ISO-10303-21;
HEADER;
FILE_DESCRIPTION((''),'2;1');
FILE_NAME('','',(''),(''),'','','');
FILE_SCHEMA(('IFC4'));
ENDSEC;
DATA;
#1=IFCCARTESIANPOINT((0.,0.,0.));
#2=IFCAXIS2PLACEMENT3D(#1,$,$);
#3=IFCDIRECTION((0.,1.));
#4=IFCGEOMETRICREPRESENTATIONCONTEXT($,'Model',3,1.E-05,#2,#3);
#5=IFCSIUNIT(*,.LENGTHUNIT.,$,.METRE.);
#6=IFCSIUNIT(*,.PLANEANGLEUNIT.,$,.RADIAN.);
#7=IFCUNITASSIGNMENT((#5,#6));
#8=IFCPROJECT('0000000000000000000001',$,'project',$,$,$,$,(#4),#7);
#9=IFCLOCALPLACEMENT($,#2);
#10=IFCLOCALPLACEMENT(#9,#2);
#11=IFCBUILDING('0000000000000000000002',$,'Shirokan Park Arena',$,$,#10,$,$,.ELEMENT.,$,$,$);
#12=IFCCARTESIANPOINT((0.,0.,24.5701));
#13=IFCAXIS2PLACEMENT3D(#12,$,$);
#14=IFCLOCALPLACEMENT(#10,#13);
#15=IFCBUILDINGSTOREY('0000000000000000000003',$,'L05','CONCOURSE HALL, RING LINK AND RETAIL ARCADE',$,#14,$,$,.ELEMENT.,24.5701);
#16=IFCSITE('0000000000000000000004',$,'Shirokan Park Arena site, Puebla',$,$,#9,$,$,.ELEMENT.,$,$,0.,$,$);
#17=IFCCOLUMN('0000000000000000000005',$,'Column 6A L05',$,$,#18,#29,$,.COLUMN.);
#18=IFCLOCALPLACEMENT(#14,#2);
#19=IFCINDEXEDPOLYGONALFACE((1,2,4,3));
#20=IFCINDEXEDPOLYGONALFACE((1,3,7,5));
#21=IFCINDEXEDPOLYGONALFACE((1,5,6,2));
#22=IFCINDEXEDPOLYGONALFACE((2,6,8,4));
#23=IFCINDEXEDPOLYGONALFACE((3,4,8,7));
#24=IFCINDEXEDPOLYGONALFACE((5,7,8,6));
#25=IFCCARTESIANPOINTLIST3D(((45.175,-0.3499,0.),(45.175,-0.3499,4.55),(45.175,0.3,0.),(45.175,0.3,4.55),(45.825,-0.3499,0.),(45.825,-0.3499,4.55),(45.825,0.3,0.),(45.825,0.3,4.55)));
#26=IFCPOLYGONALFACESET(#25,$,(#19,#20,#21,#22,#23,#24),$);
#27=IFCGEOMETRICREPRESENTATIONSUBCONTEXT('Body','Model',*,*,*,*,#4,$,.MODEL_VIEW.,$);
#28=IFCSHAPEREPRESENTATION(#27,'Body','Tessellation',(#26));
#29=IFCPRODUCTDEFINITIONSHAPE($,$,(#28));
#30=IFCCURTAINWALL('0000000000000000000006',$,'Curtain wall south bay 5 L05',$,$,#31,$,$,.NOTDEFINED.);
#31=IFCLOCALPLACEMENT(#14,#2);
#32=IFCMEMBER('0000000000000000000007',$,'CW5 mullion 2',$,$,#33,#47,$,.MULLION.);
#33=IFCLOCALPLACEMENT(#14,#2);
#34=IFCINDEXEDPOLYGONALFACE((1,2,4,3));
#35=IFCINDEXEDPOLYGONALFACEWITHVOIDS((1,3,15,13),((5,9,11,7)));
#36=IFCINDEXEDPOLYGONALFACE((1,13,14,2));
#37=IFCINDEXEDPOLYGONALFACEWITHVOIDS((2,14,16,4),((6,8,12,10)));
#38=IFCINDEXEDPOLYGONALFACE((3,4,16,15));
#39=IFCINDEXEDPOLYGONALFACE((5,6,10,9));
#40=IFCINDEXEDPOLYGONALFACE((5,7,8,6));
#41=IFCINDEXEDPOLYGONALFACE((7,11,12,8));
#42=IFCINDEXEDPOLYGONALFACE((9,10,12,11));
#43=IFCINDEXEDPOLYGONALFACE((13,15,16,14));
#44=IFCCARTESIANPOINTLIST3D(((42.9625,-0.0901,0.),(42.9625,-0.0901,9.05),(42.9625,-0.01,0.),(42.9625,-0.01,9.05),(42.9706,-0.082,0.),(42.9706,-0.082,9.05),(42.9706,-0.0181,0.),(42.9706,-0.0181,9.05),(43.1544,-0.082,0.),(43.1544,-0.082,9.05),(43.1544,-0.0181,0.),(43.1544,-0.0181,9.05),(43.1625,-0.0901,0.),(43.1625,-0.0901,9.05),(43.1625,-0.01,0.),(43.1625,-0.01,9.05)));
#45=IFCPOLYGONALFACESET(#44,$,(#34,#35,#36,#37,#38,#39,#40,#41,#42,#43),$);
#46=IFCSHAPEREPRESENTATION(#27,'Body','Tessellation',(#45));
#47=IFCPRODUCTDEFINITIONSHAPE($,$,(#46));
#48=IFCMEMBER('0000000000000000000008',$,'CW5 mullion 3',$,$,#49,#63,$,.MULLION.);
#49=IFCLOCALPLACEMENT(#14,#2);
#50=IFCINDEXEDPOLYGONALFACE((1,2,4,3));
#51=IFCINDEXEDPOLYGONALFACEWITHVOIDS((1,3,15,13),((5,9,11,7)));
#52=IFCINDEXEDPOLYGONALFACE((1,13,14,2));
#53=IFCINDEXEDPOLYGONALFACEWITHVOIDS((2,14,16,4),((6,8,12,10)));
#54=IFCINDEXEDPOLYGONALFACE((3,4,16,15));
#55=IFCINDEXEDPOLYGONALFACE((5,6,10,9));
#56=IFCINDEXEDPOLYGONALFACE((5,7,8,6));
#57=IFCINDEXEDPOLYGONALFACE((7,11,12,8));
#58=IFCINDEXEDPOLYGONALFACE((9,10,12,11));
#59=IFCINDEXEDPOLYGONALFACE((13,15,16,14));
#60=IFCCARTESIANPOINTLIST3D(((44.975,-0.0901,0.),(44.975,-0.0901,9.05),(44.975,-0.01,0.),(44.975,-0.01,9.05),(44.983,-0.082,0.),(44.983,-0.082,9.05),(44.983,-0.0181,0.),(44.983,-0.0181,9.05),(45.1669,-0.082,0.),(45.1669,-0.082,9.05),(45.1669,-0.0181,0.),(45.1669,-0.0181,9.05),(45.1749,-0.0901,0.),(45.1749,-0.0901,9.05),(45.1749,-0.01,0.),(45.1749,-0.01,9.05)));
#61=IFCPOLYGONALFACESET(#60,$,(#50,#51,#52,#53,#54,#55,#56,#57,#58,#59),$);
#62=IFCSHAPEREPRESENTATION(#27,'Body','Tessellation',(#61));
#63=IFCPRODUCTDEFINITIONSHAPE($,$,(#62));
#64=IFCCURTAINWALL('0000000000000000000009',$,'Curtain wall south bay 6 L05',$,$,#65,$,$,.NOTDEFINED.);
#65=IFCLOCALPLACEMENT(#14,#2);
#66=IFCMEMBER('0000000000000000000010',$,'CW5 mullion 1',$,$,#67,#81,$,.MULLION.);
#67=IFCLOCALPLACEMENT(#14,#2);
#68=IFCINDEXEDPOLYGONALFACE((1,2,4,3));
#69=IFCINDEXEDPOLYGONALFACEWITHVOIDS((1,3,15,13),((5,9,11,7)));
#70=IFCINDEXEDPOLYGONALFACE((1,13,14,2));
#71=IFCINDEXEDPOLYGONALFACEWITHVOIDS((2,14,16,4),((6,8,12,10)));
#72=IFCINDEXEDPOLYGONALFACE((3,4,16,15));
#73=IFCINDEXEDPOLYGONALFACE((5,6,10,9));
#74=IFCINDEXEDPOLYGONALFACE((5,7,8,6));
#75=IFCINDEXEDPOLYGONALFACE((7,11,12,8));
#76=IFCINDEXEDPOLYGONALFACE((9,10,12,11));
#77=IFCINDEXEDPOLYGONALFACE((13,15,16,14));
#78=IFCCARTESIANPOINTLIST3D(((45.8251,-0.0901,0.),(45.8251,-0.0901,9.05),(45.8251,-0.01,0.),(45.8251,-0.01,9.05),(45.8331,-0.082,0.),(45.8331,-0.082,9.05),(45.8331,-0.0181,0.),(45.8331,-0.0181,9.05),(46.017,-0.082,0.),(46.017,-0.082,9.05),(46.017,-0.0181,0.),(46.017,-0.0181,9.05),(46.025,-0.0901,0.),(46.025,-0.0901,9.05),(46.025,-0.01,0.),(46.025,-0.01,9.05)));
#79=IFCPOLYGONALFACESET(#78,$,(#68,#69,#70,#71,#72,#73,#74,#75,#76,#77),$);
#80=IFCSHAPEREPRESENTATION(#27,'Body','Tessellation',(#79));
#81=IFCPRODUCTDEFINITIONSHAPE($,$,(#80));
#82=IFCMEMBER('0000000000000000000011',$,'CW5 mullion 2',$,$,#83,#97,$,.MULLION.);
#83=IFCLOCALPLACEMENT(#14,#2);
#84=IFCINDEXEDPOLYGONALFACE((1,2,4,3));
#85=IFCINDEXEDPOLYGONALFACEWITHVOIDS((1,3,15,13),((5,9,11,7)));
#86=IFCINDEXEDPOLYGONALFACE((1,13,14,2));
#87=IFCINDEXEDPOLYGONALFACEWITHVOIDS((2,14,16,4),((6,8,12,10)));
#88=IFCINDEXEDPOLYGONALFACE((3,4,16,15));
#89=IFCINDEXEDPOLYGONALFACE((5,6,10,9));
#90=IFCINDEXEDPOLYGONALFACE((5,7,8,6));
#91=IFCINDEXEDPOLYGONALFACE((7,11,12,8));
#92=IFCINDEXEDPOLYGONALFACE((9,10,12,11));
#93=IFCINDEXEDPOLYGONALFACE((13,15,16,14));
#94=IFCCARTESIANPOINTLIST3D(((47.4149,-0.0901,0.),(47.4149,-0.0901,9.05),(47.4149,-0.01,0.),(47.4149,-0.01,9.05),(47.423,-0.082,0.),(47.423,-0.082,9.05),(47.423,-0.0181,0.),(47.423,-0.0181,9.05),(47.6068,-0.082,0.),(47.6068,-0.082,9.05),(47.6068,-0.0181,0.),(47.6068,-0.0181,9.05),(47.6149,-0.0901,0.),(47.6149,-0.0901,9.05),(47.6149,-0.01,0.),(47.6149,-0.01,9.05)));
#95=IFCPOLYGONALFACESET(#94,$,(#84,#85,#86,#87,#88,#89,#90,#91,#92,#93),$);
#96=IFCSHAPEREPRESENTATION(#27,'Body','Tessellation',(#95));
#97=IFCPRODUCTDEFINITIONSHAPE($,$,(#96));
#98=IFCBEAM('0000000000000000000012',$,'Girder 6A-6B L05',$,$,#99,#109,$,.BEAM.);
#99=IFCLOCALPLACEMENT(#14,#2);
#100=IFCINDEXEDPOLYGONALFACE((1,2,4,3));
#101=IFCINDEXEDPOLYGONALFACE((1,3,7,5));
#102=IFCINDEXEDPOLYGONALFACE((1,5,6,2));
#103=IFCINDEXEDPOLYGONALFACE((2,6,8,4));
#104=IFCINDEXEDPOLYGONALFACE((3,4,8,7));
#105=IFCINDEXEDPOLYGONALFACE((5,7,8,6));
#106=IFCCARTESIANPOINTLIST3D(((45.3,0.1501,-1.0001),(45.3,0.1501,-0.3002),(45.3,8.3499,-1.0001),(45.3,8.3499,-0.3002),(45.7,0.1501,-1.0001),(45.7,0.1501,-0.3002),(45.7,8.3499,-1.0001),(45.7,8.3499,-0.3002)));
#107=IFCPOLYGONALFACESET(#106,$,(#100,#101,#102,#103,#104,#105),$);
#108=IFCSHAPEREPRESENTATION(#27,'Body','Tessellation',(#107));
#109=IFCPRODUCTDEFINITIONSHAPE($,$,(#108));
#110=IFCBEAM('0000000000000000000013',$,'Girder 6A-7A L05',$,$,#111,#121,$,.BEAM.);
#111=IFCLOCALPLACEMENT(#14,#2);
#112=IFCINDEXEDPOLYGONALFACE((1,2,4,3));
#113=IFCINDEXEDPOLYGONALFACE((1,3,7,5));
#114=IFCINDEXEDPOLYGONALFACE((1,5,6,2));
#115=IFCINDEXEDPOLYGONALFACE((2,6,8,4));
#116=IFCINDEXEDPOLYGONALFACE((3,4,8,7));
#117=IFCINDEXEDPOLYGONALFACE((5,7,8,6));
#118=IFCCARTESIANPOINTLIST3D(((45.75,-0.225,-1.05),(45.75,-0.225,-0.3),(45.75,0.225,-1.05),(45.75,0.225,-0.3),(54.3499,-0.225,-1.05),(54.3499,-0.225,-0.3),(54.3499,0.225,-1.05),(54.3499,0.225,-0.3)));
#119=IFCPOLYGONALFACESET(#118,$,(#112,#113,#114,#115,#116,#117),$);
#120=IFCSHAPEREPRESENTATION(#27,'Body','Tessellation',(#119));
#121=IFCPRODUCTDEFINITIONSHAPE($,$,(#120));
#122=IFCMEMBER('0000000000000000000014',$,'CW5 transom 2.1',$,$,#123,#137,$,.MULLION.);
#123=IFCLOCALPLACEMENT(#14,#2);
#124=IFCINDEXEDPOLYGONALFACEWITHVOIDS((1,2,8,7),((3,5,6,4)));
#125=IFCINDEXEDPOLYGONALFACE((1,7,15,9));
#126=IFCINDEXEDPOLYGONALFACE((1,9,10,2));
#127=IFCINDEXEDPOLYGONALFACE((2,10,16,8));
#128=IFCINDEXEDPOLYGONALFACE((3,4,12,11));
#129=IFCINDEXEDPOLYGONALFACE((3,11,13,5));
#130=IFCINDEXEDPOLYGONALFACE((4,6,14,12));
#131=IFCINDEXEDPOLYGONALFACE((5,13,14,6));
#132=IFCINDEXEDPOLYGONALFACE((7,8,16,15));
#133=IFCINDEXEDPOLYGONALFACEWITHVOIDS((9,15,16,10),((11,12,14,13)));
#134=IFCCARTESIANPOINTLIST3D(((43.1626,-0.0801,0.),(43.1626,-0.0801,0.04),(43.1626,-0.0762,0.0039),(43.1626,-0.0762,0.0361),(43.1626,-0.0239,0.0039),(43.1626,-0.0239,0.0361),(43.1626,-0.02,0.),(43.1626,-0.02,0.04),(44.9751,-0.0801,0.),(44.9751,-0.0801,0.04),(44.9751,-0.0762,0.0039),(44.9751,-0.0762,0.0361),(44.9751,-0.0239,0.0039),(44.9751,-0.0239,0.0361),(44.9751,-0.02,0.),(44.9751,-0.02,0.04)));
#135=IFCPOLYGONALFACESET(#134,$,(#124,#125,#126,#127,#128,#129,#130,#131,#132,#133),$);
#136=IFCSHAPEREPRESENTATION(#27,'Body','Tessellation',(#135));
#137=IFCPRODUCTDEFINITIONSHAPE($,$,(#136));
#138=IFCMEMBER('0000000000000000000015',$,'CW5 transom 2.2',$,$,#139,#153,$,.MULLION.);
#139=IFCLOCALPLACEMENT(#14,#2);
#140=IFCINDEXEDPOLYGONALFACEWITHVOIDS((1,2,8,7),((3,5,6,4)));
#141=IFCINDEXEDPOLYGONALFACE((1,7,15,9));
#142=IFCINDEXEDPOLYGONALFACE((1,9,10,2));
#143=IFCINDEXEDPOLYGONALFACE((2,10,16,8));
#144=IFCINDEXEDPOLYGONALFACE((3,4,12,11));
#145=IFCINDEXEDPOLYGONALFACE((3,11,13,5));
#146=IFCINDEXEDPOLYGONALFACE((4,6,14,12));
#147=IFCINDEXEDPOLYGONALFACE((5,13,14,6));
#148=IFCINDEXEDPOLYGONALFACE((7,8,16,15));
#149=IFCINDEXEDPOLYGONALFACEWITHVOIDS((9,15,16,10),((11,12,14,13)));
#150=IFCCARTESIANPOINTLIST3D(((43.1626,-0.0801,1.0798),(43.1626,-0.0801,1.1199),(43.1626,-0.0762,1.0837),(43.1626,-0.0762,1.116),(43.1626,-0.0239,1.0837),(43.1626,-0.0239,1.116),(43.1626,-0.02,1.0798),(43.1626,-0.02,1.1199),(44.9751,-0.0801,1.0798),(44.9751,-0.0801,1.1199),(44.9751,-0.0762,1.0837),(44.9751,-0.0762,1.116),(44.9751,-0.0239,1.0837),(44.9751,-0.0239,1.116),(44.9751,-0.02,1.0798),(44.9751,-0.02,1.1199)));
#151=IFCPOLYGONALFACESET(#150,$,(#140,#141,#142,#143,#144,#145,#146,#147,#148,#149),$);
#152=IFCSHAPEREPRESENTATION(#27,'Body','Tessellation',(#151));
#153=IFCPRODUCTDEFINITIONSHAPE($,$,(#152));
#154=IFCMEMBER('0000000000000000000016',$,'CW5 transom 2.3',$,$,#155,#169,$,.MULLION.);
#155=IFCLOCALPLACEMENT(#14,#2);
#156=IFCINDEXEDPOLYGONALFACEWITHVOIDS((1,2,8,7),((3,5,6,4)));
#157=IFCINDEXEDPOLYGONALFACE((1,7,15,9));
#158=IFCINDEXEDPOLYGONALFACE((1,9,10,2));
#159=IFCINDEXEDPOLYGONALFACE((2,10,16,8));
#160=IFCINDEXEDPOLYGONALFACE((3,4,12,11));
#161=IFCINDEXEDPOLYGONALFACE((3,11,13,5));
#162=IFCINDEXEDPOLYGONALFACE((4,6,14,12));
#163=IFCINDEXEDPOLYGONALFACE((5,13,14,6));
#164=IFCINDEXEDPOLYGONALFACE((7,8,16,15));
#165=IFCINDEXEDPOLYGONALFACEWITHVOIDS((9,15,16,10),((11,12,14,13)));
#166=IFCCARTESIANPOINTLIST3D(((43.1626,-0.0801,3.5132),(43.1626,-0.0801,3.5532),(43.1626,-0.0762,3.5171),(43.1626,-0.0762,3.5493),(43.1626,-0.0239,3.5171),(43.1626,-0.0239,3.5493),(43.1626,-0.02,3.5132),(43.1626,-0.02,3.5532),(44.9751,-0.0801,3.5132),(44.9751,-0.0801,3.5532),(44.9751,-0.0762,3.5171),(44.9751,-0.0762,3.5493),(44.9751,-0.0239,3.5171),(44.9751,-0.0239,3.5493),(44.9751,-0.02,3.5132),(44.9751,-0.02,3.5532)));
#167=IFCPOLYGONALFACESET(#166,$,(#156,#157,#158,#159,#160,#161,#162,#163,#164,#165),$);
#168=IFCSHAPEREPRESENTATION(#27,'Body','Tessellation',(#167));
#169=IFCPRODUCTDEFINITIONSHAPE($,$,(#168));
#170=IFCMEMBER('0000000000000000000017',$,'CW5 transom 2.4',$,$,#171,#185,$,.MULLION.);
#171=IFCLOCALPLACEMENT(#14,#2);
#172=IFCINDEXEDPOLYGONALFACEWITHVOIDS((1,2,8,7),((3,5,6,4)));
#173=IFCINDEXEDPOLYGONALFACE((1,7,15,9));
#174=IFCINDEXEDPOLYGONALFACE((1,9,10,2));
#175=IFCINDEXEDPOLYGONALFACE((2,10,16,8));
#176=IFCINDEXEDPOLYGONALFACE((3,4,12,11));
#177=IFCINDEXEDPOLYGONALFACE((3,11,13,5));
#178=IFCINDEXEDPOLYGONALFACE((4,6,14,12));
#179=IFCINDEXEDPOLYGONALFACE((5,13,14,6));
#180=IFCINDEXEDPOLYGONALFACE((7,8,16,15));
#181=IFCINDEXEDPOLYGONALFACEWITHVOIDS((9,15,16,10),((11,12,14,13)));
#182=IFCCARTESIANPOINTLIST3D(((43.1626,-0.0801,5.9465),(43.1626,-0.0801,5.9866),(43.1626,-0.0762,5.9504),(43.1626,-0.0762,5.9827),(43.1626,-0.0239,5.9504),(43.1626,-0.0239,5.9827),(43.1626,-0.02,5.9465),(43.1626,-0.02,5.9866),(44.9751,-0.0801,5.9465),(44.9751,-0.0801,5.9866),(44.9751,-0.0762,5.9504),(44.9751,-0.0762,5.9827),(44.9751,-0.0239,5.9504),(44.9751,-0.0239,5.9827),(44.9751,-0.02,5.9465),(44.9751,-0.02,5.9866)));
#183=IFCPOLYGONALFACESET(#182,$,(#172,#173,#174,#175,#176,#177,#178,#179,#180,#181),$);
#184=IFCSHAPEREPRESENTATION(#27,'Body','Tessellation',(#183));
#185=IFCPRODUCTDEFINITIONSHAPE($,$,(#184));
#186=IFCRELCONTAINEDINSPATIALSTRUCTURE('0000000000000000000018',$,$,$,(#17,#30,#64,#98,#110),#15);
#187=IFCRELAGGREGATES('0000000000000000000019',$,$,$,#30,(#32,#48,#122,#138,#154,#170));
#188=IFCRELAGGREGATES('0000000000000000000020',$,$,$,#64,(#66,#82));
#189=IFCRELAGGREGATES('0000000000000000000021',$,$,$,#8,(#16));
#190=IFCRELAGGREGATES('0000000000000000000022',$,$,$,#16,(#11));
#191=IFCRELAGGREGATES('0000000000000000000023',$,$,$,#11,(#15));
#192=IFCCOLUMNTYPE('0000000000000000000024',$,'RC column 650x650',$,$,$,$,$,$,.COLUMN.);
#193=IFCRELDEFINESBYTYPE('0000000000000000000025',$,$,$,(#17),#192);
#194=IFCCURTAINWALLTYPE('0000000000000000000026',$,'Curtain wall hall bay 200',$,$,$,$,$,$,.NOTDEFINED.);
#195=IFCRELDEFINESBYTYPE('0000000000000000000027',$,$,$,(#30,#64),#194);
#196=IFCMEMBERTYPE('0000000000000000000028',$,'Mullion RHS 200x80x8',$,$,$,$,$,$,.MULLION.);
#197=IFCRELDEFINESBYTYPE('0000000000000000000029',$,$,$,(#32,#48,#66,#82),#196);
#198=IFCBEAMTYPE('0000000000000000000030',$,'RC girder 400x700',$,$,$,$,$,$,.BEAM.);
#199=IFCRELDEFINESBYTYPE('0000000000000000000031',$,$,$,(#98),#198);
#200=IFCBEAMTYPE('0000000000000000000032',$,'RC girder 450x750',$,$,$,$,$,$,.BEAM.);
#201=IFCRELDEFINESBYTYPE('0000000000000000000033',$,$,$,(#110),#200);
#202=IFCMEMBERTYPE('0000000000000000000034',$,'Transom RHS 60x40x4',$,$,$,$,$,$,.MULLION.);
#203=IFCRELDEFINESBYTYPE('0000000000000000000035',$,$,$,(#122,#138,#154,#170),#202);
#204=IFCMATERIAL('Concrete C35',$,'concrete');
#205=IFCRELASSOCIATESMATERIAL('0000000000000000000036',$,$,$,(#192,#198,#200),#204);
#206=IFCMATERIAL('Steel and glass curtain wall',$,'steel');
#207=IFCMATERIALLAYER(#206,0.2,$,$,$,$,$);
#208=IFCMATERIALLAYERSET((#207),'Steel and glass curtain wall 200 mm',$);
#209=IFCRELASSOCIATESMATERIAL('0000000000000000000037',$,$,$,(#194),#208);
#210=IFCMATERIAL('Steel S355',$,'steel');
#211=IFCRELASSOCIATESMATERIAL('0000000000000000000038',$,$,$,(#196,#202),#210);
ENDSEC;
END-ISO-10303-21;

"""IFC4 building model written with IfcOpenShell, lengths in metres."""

from ifc_helpers import new_model, si_unit, direction, frame, origin, origin_2d, place, context, subcontext, project, spatial, rectangle, hollow_rectangle, extrude, material, layer, layer_set, material_profile, profile_set, type_object, element, aggregate, save


model = new_model("IFC4")

# Units and contexts
model_context = context("Model", 3, precision=1e-05, world=origin(), true_north=direction((0.0, 1.0)))
body_context = subcontext(model_context, "Body", "Model", "MODEL_VIEW")
ifc_project = project(units=[si_unit("LENGTHUNIT", "METRE"), si_unit("PLANEANGLEUNIT", "RADIAN")], contexts=[model_context])

# Site, building, storey
site_placement = place(None, origin())
site = spatial("IfcSite", under=ifc_project, at=site_placement, Name="Shirokan Park Arena site, Puebla", CompositionType="ELEMENT", RefElevation=0.0)
building_placement = place(site_placement, origin())
building = spatial("IfcBuilding", under=site, at=building_placement, Name="Shirokan Park Arena", CompositionType="ELEMENT")
storey_placement = place(building_placement, frame((0.0, 0.0, 24.5701)))
storey = spatial("IfcBuildingStorey", under=building, at=storey_placement, Name="L05", Description="CONCOURSE HALL, RING LINK AND RETAIL ARCADE", CompositionType="ELEMENT", Elevation=24.5701)

# Column
ifc_material_1 = material(Name="Concrete C35", Category="concrete")
ifc_material_profile_1 = material_profile(ifc_material_1, rectangle(XDim=0.6499, YDim=0.6499, at=origin_2d()), Name="650x650")
ifc_profile_set_1 = profile_set([ifc_material_profile_1], Name="Concrete C35")
column_type = type_object("IfcColumnType", Name="RC column 650x650", PredefinedType="COLUMN", material=ifc_profile_set_1)
column_placement = place(storey_placement, frame((45.5, -0.0249, 0.0), z_axis=(0.0, 0.0, 1.0), x_axis=(1.0, 0.0, 0.0)))
element("IfcColumn", 1, at=column_placement, inside=storey, type_object=column_type, Name="Column 6A L05", PredefinedType="COLUMN", context=body_context, shape_type="SweptSolid", body=[
    extrude(rectangle(XDim=0.6499, YDim=0.6499, at=origin_2d()), origin(), (0.0, 0.0, 1.0), 4.55),
])

# Curtain walls, members
ifc_material_2 = material(Name="Steel and glass curtain wall", Category="steel")
ifc_layer_1 = layer(ifc_material_2, 0.2)
ifc_layer_set_1 = layer_set([ifc_layer_1], Name="Steel and glass curtain wall 200 mm")
curtain_wall_type = type_object("IfcCurtainWallType", Name="Curtain wall hall bay 200", PredefinedType="NOTDEFINED", material=ifc_layer_set_1)
curtain_wall_1_placement = place(storey_placement, origin())
curtain_wall_1 = element("IfcCurtainWall", 2, at=curtain_wall_1_placement, inside=storey, type_object=curtain_wall_type, Name="Curtain wall south bay 5 L05", PredefinedType="NOTDEFINED")
ifc_material_3 = material(Name="Steel S355", Category="steel")
ifc_material_profile_2 = material_profile(ifc_material_3, hollow_rectangle(XDim=0.0801, YDim=0.2, WallThickness=0.0081, at=origin_2d()), Name="RHS 200x80x8")
ifc_profile_set_2 = profile_set([ifc_material_profile_2], Name="Steel S355")
member_type_1 = type_object("IfcMemberType", Name="Mullion RHS 200x80x8", PredefinedType="MULLION", material=ifc_profile_set_2)
member_1_placement = place(storey_placement, frame((43.0625, -0.05, 0.0), z_axis=(0.0, 0.0, 1.0), x_axis=(0.0, 1.0, 0.0)))
member_1 = element("IfcMember", 3, at=member_1_placement, type_object=member_type_1, Name="CW5 mullion 2", PredefinedType="MULLION", context=body_context, shape_type="SweptSolid", body=[
    extrude(hollow_rectangle(XDim=0.0801, YDim=0.2, WallThickness=0.0081, at=origin_2d()), origin(), (0.0, 0.0, 1.0), 9.05),
])
member_2_placement = place(storey_placement, frame((45.075, -0.05, 0.0), z_axis=(0.0, 0.0, 1.0), x_axis=(0.0, 1.0, 0.0)))
member_2 = element("IfcMember", 4, at=member_2_placement, type_object=member_type_1, Name="CW5 mullion 3", PredefinedType="MULLION", context=body_context, shape_type="SweptSolid", body=[
    extrude(hollow_rectangle(XDim=0.0801, YDim=0.2, WallThickness=0.0081, at=origin_2d()), origin(), (0.0, 0.0, 1.0), 9.05),
])
curtain_wall_2_placement = place(storey_placement, origin())
curtain_wall_2 = element("IfcCurtainWall", 5, at=curtain_wall_2_placement, inside=storey, type_object=curtain_wall_type, Name="Curtain wall south bay 6 L05", PredefinedType="NOTDEFINED")
member_3_placement = place(storey_placement, frame((45.925, -0.05, 0.0), z_axis=(0.0, 0.0, 1.0), x_axis=(0.0, 1.0, 0.0)))
member_3 = element("IfcMember", 6, at=member_3_placement, type_object=member_type_1, Name="CW5 mullion 1", PredefinedType="MULLION", context=body_context, shape_type="SweptSolid", body=[
    extrude(hollow_rectangle(XDim=0.0801, YDim=0.2, WallThickness=0.0081, at=origin_2d()), origin(), (0.0, 0.0, 1.0), 9.05),
])
member_4_placement = place(storey_placement, frame((47.5149, -0.05, 0.0), z_axis=(0.0, 0.0, 1.0), x_axis=(0.0, 1.0, 0.0)))
member_4 = element("IfcMember", 7, at=member_4_placement, type_object=member_type_1, Name="CW5 mullion 2", PredefinedType="MULLION", context=body_context, shape_type="SweptSolid", body=[
    extrude(hollow_rectangle(XDim=0.0801, YDim=0.2, WallThickness=0.0081, at=origin_2d()), origin(), (0.0, 0.0, 1.0), 9.05),
])

# Beams
ifc_material_profile_3 = material_profile(ifc_material_1, rectangle(XDim=0.3999, YDim=0.7, at=origin_2d()), Name="400x700")
ifc_profile_set_3 = profile_set([ifc_material_profile_3], Name="Concrete C35")
beam_type_1 = type_object("IfcBeamType", Name="RC girder 400x700", PredefinedType="BEAM", material=ifc_profile_set_3)
beam_1_placement = place(storey_placement, frame((45.5, 0.1501, -0.6501), z_axis=(0.0, 1.0, 0.0), x_axis=(-1.0, 0.0, 0.0)))
element("IfcBeam", 8, at=beam_1_placement, inside=storey, type_object=beam_type_1, Name="Girder 6A-6B L05", PredefinedType="BEAM", context=body_context, shape_type="SweptSolid", body=[
    extrude(rectangle(XDim=0.3999, YDim=0.7, at=origin_2d()), origin(), (0.0, 0.0, 1.0), 8.1997),
])
ifc_material_profile_4 = material_profile(ifc_material_1, rectangle(XDim=0.45, YDim=0.75, at=origin_2d()), Name="450x750")
ifc_profile_set_4 = profile_set([ifc_material_profile_4], Name="Concrete C35")
beam_type_2 = type_object("IfcBeamType", Name="RC girder 450x750", PredefinedType="BEAM", material=ifc_profile_set_4)
beam_2_placement = place(storey_placement, frame((45.75, 0.0, -0.675), z_axis=(1.0, 0.0, 0.0), x_axis=(0.0, 1.0, 0.0)))
element("IfcBeam", 9, at=beam_2_placement, inside=storey, type_object=beam_type_2, Name="Girder 6A-7A L05", PredefinedType="BEAM", context=body_context, shape_type="SweptSolid", body=[
    extrude(rectangle(XDim=0.45, YDim=0.75, at=origin_2d()), origin(), (0.0, 0.0, 1.0), 8.5999),
])

# Members
ifc_material_profile_5 = material_profile(ifc_material_3, hollow_rectangle(XDim=0.0601, YDim=0.04, WallThickness=0.0039, at=origin_2d()), Name="RHS 60x40x4")
ifc_profile_set_5 = profile_set([ifc_material_profile_5], Name="Steel S355")
member_type_2 = type_object("IfcMemberType", Name="Transom RHS 60x40x4", PredefinedType="MULLION", material=ifc_profile_set_5)
member_5_placement = place(storey_placement, frame((43.1626, -0.05, 0.02), z_axis=(1.0, 0.0, 0.0), x_axis=(0.0, 1.0, 0.0)))
member_5 = element("IfcMember", 10, at=member_5_placement, type_object=member_type_2, Name="CW5 transom 2.1", PredefinedType="MULLION", context=body_context, shape_type="SweptSolid", body=[
    extrude(hollow_rectangle(XDim=0.0601, YDim=0.04, WallThickness=0.0039, at=origin_2d()), origin(), (0.0, 0.0, 1.0), 1.8125),
])
member_6_placement = place(storey_placement, frame((43.1626, -0.05, 1.0999), z_axis=(1.0, 0.0, 0.0), x_axis=(0.0, 1.0, 0.0)))
member_6 = element("IfcMember", 11, at=member_6_placement, type_object=member_type_2, Name="CW5 transom 2.2", PredefinedType="MULLION", context=body_context, shape_type="SweptSolid", body=[
    extrude(hollow_rectangle(XDim=0.0601, YDim=0.04, WallThickness=0.0039, at=origin_2d()), origin(), (0.0, 0.0, 1.0), 1.8125),
])
member_7_placement = place(storey_placement, frame((43.1626, -0.05, 3.5332), z_axis=(1.0, 0.0, 0.0), x_axis=(0.0, 1.0, 0.0)))
member_7 = element("IfcMember", 12, at=member_7_placement, type_object=member_type_2, Name="CW5 transom 2.3", PredefinedType="MULLION", context=body_context, shape_type="SweptSolid", body=[
    extrude(hollow_rectangle(XDim=0.0601, YDim=0.04, WallThickness=0.0039, at=origin_2d()), origin(), (0.0, 0.0, 1.0), 1.8125),
])
member_8_placement = place(storey_placement, frame((43.1626, -0.05, 5.9666), z_axis=(1.0, 0.0, 0.0), x_axis=(0.0, 1.0, 0.0)))
member_8 = element("IfcMember", 13, at=member_8_placement, type_object=member_type_2, Name="CW5 transom 2.4", PredefinedType="MULLION", context=body_context, shape_type="SweptSolid", body=[
    extrude(hollow_rectangle(XDim=0.0601, YDim=0.04, WallThickness=0.0039, at=origin_2d()), origin(), (0.0, 0.0, 1.0), 1.8125),
])

aggregate(curtain_wall_1, [member_1, member_2, member_5, member_6, member_7, member_8])
aggregate(curtain_wall_2, [member_3, member_4])

save(model, "model.ifc")
